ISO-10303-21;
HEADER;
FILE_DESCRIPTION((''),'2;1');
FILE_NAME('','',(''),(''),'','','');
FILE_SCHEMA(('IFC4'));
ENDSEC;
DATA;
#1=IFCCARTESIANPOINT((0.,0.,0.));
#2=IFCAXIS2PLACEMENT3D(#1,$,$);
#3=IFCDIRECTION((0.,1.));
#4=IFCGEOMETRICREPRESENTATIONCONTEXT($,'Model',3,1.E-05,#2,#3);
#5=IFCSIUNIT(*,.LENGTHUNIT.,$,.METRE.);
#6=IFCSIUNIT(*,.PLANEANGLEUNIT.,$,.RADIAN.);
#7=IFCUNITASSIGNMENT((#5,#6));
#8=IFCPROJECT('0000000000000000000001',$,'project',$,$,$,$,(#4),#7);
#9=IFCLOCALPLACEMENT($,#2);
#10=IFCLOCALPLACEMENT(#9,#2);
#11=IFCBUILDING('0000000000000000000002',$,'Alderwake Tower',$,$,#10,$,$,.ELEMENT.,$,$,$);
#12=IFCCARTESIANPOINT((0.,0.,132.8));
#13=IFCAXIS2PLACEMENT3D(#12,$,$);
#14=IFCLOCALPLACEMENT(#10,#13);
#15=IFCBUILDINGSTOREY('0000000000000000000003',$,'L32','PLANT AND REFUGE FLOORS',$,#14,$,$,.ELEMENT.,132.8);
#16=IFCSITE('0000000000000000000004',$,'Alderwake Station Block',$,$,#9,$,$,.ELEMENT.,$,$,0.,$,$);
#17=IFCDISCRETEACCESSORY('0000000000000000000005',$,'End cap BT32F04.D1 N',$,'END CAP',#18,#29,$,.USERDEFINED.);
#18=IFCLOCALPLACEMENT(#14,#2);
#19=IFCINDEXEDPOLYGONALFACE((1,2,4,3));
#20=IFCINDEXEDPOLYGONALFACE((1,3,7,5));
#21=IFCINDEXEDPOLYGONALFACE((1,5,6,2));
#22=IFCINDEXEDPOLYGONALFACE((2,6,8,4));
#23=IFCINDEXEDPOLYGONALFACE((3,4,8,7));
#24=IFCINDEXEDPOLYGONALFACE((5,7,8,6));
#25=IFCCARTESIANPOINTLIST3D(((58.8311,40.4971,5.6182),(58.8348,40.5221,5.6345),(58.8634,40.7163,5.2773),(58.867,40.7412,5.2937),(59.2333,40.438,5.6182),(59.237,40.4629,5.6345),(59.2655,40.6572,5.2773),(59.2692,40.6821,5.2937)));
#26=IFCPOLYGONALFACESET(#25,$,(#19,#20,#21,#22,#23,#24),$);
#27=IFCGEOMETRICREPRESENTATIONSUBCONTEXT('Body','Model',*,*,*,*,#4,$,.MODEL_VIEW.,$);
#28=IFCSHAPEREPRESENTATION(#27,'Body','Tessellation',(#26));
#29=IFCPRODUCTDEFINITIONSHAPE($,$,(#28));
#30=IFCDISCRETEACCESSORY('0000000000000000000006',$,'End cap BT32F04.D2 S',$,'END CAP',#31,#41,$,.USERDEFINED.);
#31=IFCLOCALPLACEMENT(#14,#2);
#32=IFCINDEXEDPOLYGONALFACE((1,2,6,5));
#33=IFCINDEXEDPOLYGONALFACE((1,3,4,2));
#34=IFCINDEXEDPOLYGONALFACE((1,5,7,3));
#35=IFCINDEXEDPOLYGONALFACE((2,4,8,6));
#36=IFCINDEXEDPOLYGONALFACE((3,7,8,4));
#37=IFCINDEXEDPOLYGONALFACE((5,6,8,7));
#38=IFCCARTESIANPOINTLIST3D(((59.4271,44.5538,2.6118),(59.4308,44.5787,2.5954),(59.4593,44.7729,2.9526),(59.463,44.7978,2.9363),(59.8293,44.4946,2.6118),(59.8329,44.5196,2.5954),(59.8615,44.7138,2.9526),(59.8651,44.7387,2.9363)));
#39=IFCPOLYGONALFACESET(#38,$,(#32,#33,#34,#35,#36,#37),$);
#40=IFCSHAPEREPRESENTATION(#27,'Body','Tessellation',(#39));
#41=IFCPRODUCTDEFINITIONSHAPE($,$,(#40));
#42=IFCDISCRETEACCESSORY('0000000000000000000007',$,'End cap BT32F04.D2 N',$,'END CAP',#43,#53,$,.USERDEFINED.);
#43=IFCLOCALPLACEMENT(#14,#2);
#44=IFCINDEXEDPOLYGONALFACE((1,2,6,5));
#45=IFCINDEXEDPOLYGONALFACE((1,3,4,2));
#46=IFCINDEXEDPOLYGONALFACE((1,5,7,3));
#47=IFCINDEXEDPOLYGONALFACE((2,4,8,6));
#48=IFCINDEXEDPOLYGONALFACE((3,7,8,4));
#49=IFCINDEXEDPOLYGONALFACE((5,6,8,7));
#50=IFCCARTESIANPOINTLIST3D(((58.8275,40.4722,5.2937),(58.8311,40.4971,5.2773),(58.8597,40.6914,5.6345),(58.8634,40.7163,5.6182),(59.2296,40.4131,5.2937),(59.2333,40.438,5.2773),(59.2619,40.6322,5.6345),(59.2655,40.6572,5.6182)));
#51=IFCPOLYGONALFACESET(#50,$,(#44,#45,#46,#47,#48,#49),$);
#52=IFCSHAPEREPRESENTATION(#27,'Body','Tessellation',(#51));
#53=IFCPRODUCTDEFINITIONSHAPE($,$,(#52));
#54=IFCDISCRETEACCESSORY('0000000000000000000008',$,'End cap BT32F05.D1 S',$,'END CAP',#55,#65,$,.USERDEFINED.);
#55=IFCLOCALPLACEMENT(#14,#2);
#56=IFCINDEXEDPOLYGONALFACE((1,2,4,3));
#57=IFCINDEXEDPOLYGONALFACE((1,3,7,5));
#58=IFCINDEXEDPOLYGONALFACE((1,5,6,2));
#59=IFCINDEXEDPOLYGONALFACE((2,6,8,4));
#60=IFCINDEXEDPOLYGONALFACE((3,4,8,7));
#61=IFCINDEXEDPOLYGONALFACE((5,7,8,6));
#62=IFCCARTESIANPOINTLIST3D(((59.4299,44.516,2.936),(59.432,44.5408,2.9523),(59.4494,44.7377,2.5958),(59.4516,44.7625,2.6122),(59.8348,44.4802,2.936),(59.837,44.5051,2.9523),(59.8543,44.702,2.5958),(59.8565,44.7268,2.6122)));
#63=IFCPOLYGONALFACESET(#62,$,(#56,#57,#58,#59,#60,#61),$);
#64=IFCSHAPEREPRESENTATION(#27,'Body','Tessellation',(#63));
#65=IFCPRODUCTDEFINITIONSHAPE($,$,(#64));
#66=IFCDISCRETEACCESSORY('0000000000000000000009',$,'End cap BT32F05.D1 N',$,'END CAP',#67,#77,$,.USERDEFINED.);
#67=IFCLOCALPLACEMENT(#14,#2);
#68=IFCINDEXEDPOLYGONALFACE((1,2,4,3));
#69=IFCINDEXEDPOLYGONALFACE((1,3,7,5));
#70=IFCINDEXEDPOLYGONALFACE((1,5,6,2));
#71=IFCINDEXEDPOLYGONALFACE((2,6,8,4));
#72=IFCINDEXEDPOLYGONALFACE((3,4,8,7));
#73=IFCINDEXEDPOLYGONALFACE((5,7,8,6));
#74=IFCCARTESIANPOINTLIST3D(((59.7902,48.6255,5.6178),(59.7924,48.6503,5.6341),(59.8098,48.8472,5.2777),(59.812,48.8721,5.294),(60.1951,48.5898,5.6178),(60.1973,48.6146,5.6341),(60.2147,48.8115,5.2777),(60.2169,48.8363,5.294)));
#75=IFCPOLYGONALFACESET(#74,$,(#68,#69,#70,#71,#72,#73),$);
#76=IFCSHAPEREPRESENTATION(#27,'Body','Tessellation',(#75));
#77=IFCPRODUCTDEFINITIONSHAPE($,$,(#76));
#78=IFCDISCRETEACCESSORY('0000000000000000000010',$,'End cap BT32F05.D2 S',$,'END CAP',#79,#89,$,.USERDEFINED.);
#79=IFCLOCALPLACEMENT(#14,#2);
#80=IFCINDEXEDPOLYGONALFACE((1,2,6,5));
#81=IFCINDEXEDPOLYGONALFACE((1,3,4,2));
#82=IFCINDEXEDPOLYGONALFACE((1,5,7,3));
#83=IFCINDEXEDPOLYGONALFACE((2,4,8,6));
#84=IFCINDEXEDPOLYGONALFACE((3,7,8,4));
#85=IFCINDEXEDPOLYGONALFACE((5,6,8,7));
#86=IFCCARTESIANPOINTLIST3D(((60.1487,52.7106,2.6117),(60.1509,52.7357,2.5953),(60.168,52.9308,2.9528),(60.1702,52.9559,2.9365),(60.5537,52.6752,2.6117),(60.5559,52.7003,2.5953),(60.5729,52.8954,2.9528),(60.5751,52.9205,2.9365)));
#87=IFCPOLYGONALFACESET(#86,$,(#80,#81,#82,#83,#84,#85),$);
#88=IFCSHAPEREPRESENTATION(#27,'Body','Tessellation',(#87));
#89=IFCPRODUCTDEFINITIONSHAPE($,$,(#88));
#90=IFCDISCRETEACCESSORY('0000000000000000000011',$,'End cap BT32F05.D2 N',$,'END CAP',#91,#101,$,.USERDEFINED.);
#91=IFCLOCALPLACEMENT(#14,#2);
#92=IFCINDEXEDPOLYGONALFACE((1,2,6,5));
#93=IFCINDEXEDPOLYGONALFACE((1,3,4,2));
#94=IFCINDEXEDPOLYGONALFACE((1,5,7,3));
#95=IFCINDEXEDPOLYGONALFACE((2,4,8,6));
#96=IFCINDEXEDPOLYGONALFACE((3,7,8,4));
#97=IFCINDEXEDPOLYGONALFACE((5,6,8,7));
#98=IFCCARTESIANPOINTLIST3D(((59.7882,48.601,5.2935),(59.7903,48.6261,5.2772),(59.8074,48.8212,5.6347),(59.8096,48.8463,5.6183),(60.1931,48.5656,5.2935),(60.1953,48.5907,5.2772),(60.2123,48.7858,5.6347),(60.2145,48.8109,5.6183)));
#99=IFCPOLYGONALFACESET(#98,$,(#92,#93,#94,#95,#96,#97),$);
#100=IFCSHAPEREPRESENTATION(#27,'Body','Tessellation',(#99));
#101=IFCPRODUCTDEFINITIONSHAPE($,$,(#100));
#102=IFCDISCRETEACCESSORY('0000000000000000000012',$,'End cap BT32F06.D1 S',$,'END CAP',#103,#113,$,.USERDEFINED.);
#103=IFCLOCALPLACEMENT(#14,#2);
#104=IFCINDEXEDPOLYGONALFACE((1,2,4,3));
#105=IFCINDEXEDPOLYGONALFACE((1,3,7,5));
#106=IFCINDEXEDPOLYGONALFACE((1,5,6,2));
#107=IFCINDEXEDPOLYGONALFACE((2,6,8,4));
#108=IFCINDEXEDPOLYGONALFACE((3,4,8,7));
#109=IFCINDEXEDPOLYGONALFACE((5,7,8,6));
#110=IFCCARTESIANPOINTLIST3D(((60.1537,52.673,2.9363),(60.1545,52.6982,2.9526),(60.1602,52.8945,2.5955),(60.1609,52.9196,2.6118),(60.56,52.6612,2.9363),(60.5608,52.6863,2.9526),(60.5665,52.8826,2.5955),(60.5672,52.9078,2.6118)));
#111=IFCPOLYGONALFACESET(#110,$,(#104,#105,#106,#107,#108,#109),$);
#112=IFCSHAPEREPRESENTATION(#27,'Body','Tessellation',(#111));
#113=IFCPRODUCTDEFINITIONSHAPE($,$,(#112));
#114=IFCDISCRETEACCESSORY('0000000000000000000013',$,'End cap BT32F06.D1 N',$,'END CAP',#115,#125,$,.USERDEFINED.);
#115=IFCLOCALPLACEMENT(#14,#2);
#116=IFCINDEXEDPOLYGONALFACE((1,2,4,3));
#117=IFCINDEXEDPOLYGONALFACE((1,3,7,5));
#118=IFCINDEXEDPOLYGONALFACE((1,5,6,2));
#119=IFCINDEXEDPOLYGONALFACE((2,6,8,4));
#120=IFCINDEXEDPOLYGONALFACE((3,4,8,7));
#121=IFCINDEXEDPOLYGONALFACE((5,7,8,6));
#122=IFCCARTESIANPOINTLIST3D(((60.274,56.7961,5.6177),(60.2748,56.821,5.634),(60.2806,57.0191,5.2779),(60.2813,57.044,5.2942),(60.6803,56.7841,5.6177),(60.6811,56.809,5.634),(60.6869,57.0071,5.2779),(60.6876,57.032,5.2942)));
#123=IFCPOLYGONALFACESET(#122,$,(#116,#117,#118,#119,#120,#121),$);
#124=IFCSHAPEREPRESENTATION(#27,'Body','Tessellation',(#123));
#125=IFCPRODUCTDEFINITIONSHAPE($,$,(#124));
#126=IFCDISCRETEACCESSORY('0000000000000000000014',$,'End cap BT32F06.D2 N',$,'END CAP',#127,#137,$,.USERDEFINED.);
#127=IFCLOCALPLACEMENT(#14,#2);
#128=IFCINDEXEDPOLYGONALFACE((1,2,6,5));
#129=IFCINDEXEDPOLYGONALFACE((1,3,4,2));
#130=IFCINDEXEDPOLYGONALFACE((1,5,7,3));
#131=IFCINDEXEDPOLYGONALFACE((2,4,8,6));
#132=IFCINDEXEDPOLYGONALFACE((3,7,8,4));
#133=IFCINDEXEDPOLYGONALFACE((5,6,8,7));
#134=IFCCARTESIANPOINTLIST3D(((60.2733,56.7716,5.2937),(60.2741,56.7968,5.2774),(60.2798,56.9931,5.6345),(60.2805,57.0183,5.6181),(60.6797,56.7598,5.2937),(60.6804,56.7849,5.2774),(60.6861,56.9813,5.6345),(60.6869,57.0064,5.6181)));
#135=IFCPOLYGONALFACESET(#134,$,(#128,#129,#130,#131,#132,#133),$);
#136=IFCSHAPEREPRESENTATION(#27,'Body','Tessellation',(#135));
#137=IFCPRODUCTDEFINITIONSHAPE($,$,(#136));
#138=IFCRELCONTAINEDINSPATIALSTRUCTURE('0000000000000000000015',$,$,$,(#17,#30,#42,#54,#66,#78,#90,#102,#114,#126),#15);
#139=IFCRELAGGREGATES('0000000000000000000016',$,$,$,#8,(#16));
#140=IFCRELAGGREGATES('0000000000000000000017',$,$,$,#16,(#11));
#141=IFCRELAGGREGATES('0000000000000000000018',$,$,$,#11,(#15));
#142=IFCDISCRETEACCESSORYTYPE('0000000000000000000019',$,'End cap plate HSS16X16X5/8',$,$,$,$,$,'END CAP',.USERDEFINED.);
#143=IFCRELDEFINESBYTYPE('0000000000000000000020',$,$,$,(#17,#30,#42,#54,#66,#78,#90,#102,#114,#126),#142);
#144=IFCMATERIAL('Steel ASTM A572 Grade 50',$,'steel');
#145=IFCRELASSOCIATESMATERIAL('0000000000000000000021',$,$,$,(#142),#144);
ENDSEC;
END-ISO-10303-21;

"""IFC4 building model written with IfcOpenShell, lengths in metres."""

from ifc_helpers import new_model, si_unit, direction, frame, origin, origin_2d, place, context, subcontext, project, spatial, rectangle, extrude, material, material_profile, profile_set, type_object, element, save


model = new_model("IFC4")

# Units and contexts
model_context = context("Model", 3, precision=1e-05, world=origin(), true_north=direction((0.0, 1.0)))
body_context = subcontext(model_context, "Body", "Model", "MODEL_VIEW")
ifc_project = project(units=[si_unit("LENGTHUNIT", "METRE"), si_unit("PLANEANGLEUNIT", "RADIAN")], contexts=[model_context])

# Site, building, storey
site_placement = place(None, origin())
site = spatial("IfcSite", under=ifc_project, at=site_placement, Name="Alderwake Station Block", CompositionType="ELEMENT", RefElevation=0.0)
building_placement = place(site_placement, origin())
building = spatial("IfcBuilding", under=site, at=building_placement, Name="Alderwake Tower", CompositionType="ELEMENT")
storey_placement = place(building_placement, frame((0.0, 0.0, 132.8)))
storey = spatial("IfcBuildingStorey", under=building, at=storey_placement, Name="L32", Description="PLANT AND REFUGE FLOORS", CompositionType="ELEMENT", Elevation=132.8)

# Discrete accessories
ifc_material_1 = material(Name="Steel ASTM A572 Grade 50", Category="steel")
ifc_material_profile_1 = material_profile(ifc_material_1, rectangle(XDim=0.4065, YDim=0.4065, at=origin_2d()), Name="HSS16X16X5/8 cap")
ifc_profile_set_1 = profile_set([ifc_material_profile_1], Name="Steel ASTM A572 Grade 50")
discrete_accessory_type_1 = type_object("IfcDiscreteAccessoryType", Name="End cap plate HSS16X16X5/8", ElementType="END CAP", PredefinedType="USERDEFINED", material=ifc_profile_set_1)
for number, where, z_axis, x_axis, name in (
    (1, (59.0483, 40.5771, 5.4478), (0.121996, 0.82957, 0.544914), (-0.989359, 0.145494, 0.0), "End cap BT32F04.D1 N"),
    (2, (59.6443, 44.6338, 2.7822), (0.121996, 0.82957, -0.544914), (-0.989359, 0.145494, 0.0), "End cap BT32F04.D2 S"),
    (3, (59.0483, 40.5771, 5.4478), (-0.121996, -0.82957, 0.544914), (0.989359, -0.145494, 0.0), "End cap BT32F04.D2 N"),
):
    element("IfcDiscreteAccessory", number, at=place(storey_placement, frame(where, z_axis=z_axis, x_axis=x_axis)), inside=storey, type_object=discrete_accessory_type_1, Name=name, ObjectType="END CAP", PredefinedType="USERDEFINED", context=body_context, shape_type="SweptSolid", body=[
        extrude(rectangle(XDim=0.4065, YDim=0.4065, at=origin_2d()), origin(), (0.0, 0.0, 1.0), 0.03),
    ])
for number, where, z_axis, x_axis, name in (
    (4, (59.6443, 44.6338, 2.7822), (-0.073548, -0.833549, -0.547527), (0.99613, -0.087894, 0.0), "End cap BT32F05.D1 S"),
    (5, (60.0024, 48.7185, 5.4478), (0.073548, 0.833549, 0.547527), (-0.99613, 0.087894, 0.0), "End cap BT32F05.D1 N"),
):
    element("IfcDiscreteAccessory", number, at=place(storey_placement, frame(where, z_axis=z_axis, x_axis=x_axis)), inside=storey, type_object=discrete_accessory_type_1, Name=name, ObjectType="END CAP", PredefinedType="USERDEFINED", context=body_context, shape_type="SweptSolid", body=[
        extrude(rectangle(XDim=0.4065, YDim=0.4065, at=origin_2d()), origin(), (0.0, 0.0, 1.0), 0.0298),
    ])
for number, where, z_axis, x_axis, name in (
    (6, (60.3608, 52.803, 2.7822), (0.07305, 0.836018, -0.543818), (-0.996204, 0.087047, 0.0), "End cap BT32F05.D2 S"),
    (7, (60.0024, 48.7185, 5.4478), (-0.07305, -0.836018, 0.543818), (0.996204, -0.087047, 0.0), "End cap BT32F05.D2 N"),
    (8, (60.3608, 52.803, 2.7822), (-0.024408, -0.838008, -0.545112), (0.999576, -0.029114, 0.0), "End cap BT32F06.D1 S"),
):
    element("IfcDiscreteAccessory", number, at=place(storey_placement, frame(where, z_axis=z_axis, x_axis=x_axis)), inside=storey, type_object=discrete_accessory_type_1, Name=name, ObjectType="END CAP", PredefinedType="USERDEFINED", context=body_context, shape_type="SweptSolid", body=[
        extrude(rectangle(XDim=0.4065, YDim=0.4065, at=origin_2d()), origin(), (0.0, 0.0, 1.0), 0.03),
    ])
discrete_accessory_1_placement = place(storey_placement, frame((60.4805, 56.9016, 5.4478), z_axis=(0.024575, 0.83556, 0.548849), x_axis=(-0.999568, 0.029399, 0.0)))
element("IfcDiscreteAccessory", 9, at=discrete_accessory_1_placement, inside=storey, type_object=discrete_accessory_type_1, Name="End cap BT32F06.D1 N", ObjectType="END CAP", PredefinedType="USERDEFINED", context=body_context, shape_type="SweptSolid", body=[
    extrude(rectangle(XDim=0.4065, YDim=0.4065, at=origin_2d()), origin(), (0.0, 0.0, 1.0), 0.0298),
])
discrete_accessory_2_placement = place(storey_placement, frame((60.4805, 56.9016, 5.4478), z_axis=(-0.024408, -0.838008, 0.545112), x_axis=(0.999576, -0.029114, 0.0)))
element("IfcDiscreteAccessory", 10, at=discrete_accessory_2_placement, inside=storey, type_object=discrete_accessory_type_1, Name="End cap BT32F06.D2 N", ObjectType="END CAP", PredefinedType="USERDEFINED", context=body_context, shape_type="SweptSolid", body=[
    extrude(rectangle(XDim=0.4065, YDim=0.4065, at=origin_2d()), origin(), (0.0, 0.0, 1.0), 0.03),
])

save(model, "model.ifc")
